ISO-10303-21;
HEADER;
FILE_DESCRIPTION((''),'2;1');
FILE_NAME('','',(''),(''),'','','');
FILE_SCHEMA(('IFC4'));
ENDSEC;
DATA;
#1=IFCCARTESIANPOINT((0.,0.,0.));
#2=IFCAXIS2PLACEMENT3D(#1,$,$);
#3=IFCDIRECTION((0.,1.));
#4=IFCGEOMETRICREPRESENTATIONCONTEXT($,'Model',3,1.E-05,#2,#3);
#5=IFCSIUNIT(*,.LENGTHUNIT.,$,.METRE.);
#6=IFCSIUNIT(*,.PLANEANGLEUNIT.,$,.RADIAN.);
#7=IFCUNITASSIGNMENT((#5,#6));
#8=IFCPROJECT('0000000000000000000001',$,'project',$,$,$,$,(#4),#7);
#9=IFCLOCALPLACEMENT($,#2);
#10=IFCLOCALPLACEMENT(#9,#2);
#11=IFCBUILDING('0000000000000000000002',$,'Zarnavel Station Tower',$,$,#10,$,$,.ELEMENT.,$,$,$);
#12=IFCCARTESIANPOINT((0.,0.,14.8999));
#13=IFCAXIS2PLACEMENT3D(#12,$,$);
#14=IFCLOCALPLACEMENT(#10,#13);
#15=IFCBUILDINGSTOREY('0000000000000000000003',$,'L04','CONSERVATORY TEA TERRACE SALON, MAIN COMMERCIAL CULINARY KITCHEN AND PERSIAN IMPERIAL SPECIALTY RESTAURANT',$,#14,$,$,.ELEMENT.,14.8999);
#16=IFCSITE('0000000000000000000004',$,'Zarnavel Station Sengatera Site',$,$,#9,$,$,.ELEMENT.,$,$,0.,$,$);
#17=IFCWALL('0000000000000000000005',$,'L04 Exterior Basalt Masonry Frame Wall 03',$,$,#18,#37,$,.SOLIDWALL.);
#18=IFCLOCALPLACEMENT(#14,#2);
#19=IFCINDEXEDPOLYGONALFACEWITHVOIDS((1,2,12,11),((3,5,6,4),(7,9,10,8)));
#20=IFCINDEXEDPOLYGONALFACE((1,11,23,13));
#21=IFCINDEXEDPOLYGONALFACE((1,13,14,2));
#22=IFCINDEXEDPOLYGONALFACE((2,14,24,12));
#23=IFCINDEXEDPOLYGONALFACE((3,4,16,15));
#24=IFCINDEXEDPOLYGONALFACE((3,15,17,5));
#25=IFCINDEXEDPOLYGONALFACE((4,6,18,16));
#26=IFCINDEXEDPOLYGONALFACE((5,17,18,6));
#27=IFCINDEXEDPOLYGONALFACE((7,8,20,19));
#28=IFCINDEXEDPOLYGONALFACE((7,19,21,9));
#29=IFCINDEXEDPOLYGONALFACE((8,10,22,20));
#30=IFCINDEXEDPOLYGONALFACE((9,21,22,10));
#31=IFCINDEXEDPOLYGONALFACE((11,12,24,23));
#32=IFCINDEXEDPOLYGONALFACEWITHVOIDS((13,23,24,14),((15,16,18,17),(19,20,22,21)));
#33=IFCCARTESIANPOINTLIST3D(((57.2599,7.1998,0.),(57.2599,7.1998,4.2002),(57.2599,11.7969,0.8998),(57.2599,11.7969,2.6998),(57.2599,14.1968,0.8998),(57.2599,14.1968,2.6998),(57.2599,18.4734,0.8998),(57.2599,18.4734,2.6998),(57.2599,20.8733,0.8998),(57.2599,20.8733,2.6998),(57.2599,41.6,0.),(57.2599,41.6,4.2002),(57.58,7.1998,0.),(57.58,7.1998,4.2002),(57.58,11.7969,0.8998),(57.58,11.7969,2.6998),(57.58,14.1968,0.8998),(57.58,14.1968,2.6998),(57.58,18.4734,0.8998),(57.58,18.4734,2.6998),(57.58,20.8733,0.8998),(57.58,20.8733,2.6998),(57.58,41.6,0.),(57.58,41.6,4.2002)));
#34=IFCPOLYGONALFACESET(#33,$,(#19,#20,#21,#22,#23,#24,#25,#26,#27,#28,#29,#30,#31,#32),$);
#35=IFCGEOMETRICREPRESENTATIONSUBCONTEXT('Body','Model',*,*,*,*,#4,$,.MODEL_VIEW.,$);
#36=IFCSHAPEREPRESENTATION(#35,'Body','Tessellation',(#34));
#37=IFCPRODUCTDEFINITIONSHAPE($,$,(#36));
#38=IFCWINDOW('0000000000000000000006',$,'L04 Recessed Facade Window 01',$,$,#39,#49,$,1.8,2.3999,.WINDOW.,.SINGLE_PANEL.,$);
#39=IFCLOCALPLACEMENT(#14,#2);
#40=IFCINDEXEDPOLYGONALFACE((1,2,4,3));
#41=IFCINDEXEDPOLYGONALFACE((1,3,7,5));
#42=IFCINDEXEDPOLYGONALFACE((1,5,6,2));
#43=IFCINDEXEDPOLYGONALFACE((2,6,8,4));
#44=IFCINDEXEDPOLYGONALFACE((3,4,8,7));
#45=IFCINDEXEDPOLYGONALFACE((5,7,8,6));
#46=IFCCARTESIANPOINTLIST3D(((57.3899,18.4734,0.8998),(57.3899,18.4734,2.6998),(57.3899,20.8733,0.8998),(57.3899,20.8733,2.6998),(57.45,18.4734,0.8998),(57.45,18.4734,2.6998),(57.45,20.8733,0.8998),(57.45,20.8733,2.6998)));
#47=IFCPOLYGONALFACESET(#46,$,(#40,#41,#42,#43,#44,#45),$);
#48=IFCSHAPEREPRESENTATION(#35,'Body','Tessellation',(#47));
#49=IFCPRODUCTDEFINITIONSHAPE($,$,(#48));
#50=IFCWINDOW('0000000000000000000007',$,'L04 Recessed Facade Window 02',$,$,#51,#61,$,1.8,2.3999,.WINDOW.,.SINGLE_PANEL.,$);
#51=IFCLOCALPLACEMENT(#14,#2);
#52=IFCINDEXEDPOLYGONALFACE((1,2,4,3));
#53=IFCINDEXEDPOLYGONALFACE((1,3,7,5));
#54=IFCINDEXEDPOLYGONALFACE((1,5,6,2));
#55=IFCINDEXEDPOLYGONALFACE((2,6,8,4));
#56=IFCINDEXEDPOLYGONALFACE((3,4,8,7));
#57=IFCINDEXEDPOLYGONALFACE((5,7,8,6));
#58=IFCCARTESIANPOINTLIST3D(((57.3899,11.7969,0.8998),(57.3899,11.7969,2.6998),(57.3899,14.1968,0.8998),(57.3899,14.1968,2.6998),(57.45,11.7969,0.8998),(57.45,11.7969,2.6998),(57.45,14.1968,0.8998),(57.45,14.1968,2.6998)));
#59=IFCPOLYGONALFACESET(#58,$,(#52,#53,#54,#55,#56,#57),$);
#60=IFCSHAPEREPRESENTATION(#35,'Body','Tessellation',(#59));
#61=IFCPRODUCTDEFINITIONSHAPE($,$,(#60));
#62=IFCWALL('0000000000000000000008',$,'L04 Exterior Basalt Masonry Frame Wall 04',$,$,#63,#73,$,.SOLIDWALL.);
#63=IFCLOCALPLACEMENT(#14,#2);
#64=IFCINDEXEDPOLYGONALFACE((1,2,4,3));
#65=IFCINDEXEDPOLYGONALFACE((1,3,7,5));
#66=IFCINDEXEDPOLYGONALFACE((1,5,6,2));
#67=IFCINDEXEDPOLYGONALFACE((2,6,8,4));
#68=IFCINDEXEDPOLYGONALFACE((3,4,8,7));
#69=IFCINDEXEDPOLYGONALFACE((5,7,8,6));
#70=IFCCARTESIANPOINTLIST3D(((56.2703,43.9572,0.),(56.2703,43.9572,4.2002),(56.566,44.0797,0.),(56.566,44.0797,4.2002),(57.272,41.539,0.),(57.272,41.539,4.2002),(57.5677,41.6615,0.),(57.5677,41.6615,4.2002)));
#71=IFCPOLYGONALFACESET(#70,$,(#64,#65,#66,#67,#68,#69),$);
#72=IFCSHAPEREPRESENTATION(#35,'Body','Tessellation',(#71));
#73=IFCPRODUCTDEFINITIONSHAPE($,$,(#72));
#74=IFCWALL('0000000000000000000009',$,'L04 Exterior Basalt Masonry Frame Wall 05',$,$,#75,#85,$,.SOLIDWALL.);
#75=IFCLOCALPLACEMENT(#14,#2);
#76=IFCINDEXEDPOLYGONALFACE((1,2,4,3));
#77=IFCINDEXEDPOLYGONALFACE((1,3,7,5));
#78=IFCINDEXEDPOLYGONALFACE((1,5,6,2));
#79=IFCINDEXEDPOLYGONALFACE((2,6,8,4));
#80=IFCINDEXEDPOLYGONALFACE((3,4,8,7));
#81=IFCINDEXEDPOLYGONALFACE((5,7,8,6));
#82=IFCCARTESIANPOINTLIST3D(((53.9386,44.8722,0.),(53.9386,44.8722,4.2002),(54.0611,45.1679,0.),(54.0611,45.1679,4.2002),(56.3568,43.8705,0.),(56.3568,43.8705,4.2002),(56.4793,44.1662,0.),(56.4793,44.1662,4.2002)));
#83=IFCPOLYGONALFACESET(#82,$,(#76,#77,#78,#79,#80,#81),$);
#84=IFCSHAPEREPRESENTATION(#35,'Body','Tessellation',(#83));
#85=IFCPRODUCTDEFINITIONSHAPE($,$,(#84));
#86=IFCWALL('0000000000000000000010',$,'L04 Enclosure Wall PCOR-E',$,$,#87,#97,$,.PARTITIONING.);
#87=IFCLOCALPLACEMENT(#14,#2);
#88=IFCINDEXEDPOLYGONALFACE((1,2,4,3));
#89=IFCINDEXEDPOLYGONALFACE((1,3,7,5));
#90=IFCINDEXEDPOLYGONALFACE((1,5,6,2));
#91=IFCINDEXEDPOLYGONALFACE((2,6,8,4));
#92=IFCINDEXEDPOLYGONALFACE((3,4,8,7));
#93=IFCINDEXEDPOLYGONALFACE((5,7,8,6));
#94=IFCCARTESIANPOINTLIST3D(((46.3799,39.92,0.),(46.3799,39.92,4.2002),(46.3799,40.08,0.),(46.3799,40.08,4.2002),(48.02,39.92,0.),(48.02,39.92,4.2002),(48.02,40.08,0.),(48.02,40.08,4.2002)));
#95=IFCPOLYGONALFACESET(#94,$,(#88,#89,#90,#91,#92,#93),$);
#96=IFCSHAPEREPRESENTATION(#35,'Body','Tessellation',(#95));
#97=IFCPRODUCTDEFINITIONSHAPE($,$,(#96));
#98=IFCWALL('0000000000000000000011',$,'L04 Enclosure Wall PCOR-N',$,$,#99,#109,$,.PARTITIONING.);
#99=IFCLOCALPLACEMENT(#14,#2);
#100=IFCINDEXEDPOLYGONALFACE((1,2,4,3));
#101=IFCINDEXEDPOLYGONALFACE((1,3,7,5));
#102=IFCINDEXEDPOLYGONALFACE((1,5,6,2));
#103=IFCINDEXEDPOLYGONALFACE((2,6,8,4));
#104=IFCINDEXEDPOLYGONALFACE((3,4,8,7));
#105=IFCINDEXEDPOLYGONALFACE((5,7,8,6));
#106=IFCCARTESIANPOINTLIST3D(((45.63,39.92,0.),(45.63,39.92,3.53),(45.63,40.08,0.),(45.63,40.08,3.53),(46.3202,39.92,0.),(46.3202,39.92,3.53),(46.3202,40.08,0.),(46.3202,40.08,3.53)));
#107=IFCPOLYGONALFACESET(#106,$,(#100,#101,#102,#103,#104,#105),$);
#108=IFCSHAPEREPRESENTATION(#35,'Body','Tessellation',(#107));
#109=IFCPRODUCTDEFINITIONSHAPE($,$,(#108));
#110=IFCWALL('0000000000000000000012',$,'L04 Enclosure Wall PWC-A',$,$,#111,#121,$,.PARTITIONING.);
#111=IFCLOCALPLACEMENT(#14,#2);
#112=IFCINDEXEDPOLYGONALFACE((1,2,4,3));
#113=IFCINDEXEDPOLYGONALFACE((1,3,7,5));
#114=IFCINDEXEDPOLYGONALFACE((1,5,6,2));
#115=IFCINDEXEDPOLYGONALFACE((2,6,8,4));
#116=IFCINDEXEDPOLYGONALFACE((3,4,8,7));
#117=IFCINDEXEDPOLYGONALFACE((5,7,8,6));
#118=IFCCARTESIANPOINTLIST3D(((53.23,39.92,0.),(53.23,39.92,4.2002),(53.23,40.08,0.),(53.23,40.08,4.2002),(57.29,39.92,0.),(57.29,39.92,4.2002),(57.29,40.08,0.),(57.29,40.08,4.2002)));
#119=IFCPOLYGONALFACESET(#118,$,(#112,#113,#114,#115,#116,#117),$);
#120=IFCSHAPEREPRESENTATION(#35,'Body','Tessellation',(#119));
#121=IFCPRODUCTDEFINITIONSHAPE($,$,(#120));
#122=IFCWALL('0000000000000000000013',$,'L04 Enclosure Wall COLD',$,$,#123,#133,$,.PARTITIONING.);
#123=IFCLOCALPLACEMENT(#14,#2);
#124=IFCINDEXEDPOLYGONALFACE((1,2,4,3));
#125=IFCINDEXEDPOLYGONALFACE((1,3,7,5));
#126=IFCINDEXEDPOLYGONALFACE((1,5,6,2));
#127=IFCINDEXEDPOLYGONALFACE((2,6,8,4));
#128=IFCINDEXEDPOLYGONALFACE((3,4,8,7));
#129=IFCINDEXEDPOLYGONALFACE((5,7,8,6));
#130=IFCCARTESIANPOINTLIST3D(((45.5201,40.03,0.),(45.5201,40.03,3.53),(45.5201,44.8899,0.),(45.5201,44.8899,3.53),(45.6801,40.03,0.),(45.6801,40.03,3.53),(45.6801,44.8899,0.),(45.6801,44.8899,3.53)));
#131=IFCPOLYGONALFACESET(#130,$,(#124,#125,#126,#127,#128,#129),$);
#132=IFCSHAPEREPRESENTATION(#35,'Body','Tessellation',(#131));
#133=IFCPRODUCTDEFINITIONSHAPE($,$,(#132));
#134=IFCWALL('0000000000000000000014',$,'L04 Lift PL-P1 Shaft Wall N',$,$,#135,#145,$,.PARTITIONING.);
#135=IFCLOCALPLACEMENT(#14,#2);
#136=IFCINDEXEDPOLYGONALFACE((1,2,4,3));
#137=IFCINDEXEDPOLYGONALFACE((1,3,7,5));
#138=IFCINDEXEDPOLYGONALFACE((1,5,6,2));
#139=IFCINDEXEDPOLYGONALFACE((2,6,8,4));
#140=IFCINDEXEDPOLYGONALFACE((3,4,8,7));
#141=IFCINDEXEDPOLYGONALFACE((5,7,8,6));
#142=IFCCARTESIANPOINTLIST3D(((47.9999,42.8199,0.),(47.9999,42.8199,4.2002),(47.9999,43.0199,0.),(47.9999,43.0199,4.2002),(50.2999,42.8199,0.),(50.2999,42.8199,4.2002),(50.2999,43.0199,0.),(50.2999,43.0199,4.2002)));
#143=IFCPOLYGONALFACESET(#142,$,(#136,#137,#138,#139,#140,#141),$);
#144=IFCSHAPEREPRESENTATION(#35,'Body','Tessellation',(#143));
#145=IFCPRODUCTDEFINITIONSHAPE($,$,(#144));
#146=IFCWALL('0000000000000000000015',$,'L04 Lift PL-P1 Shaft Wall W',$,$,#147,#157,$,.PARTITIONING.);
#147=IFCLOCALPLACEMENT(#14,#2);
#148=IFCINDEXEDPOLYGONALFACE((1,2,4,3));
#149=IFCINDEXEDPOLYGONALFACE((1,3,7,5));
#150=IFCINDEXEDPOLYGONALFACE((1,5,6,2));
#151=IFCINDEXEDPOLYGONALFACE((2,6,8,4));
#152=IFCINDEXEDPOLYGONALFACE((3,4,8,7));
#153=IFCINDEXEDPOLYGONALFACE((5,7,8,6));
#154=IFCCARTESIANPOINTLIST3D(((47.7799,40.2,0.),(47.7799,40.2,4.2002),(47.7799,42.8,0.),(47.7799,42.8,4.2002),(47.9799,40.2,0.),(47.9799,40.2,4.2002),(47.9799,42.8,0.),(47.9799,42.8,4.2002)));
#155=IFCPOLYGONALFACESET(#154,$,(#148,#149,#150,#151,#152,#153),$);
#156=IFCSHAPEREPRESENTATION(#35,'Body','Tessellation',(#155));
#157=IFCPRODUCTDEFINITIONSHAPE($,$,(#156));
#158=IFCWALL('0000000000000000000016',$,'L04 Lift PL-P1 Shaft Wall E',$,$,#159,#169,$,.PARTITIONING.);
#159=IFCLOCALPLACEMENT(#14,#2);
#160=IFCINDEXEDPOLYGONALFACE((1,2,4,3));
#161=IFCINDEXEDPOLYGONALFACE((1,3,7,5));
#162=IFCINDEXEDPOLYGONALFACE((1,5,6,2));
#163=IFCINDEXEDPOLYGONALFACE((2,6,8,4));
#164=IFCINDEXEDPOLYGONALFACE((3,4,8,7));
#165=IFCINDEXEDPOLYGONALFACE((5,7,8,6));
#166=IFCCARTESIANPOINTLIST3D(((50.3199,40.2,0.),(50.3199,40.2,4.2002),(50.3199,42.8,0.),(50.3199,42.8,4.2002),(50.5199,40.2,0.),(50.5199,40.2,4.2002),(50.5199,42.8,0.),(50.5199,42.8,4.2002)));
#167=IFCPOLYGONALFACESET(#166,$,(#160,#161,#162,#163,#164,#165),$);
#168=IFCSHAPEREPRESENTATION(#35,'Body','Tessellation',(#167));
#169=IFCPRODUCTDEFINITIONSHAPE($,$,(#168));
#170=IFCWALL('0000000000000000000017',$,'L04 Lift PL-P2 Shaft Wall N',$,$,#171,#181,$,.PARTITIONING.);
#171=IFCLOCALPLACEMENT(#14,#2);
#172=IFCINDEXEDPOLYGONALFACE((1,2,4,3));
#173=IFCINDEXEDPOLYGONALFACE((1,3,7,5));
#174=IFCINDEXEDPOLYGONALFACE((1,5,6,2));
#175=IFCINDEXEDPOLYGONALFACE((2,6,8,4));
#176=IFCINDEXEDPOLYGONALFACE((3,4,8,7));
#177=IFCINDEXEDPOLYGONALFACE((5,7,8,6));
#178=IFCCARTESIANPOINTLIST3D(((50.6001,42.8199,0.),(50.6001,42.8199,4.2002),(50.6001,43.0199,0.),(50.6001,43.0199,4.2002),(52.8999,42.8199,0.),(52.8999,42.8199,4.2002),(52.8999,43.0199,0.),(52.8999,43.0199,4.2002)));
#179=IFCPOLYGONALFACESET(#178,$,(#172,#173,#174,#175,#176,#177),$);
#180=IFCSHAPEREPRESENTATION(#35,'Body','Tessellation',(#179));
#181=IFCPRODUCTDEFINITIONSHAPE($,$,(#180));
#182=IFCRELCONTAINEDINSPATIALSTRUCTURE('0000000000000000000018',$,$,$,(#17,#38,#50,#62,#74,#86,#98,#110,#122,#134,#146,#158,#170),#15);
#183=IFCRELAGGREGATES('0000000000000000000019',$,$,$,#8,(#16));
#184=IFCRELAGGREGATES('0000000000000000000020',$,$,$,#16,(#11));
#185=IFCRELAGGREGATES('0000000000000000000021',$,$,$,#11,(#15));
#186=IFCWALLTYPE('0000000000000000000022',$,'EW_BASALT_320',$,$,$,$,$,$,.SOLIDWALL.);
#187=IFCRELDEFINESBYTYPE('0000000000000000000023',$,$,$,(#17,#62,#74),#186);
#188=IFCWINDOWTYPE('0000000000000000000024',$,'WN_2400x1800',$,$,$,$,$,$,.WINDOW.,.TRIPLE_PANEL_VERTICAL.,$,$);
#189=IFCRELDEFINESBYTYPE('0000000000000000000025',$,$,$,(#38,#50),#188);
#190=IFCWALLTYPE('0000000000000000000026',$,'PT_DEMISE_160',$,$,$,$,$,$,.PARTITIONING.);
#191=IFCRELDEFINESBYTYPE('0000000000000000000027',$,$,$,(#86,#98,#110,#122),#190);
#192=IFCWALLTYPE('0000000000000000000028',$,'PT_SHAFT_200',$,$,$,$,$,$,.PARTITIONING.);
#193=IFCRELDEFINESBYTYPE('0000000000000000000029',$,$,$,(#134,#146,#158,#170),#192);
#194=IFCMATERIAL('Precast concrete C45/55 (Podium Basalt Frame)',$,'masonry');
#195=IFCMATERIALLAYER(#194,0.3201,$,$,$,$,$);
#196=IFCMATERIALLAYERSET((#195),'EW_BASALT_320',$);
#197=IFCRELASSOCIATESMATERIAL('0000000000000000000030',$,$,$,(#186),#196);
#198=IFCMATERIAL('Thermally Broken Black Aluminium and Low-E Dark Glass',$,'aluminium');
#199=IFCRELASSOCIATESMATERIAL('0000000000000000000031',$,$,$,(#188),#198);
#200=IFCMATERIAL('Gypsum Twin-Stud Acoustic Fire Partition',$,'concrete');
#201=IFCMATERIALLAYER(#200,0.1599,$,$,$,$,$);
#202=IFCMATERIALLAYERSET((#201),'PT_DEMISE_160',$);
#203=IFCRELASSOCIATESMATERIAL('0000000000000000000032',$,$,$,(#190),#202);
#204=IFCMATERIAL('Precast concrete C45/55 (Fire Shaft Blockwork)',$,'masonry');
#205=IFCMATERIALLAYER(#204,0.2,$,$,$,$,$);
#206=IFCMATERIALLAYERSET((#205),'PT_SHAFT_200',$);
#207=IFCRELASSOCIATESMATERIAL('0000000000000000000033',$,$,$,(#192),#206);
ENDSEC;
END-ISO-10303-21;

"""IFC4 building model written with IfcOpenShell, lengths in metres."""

from ifc_helpers import new_model, si_unit, direction, frame, frame_2d, origin, place, context, subcontext, project, spatial, rectangle, extrude, material, layer, layer_set, type_object, element, fill, save


model = new_model("IFC4")

# Units and contexts
model_context = context("Model", 3, precision=1e-05, world=origin(), true_north=direction((0.0, 1.0)))
body_context = subcontext(model_context, "Body", "Model", "MODEL_VIEW")
ifc_project = project(units=[si_unit("LENGTHUNIT", "METRE"), si_unit("PLANEANGLEUNIT", "RADIAN")], contexts=[model_context])

# Site, building, storey
site_placement = place(None, origin())
site = spatial("IfcSite", under=ifc_project, at=site_placement, Name="Zarnavel Station Sengatera Site", CompositionType="ELEMENT", RefElevation=0.0)
building_placement = place(site_placement, origin())
building = spatial("IfcBuilding", under=site, at=building_placement, Name="Zarnavel Station Tower", CompositionType="ELEMENT")
storey_placement = place(building_placement, frame((0.0, 0.0, 14.8999)))
storey = spatial("IfcBuildingStorey", under=building, at=storey_placement, Name="L04", Description="CONSERVATORY TEA TERRACE SALON, MAIN COMMERCIAL CULINARY KITCHEN AND PERSIAN IMPERIAL SPECIALTY RESTAURANT", CompositionType="ELEMENT", Elevation=14.8999)

# Wall, openings, windows
ifc_material_1 = material(Name="Precast concrete C45/55 (Podium Basalt Frame)", Category="masonry")
ifc_layer_1 = layer(ifc_material_1, 0.3201)
ifc_layer_set_1 = layer_set([ifc_layer_1], Name="EW_BASALT_320")
wall_type_1 = type_object("IfcWallType", Name="EW_BASALT_320", PredefinedType="SOLIDWALL", material=ifc_layer_set_1)
wall_1_placement = place(storey_placement, frame((57.4199, 41.6001, 0.0), z_axis=(0.0, 0.0, 1.0), x_axis=(0.0, -1.0, 0.0)))
wall_1 = element("IfcWall", 1, at=wall_1_placement, inside=storey, type_object=wall_type_1, Name="L04 Exterior Basalt Masonry Frame Wall 03", PredefinedType="SOLIDWALL", context=body_context, shape_type="SweptSolid", body=[
    extrude(rectangle(XDim=34.4001, YDim=0.3201, at=frame_2d((17.2002, 0.0))), origin(), (0.0, 0.0, 1.0), 4.2002),
])
opening_1_placement = place(wall_1_placement, frame((20.7268, 0.0, 0.8999)))
opening_1 = element("IfcOpeningElement", 2, at=opening_1_placement, cuts=wall_1, PredefinedType="OPENING", context=body_context, shape_type="SweptSolid", body=[
    extrude(rectangle(XDim=2.3999, YDim=1.8, at=frame_2d((1.2, 0.8999))), frame((0.0, 0.1699, 0.0), z_axis=(0.0, -1.0, 0.0), x_axis=(1.0, 0.0, 0.0)), (0.0, 0.0, 1.0), 0.3401),
])
opening_2_placement = place(wall_1_placement, frame((27.4033, 0.0, 0.8999)))
opening_2 = element("IfcOpeningElement", 3, at=opening_2_placement, cuts=wall_1, PredefinedType="OPENING", context=body_context, shape_type="SweptSolid", body=[
    extrude(rectangle(XDim=2.3999, YDim=1.8, at=frame_2d((1.2, 0.8999))), frame((0.0, 0.1699, 0.0), z_axis=(0.0, -1.0, 0.0), x_axis=(1.0, 0.0, 0.0)), (0.0, 0.0, 1.0), 0.3401),
])
ifc_material_2 = material(Name="Thermally Broken Black Aluminium and Low-E Dark Glass", Category="aluminium")
window_type = type_object("IfcWindowType", Name="WN_2400x1800", PartitioningType="TRIPLE_PANEL_VERTICAL", PredefinedType="WINDOW", material=ifc_material_2)
window_1_placement = place(opening_1_placement, origin())
window_1 = element("IfcWindow", 4, at=window_1_placement, inside=storey, type_object=window_type, Name="L04 Recessed Facade Window 01", OverallHeight=1.8, OverallWidth=2.3999, PartitioningType="SINGLE_PANEL", PredefinedType="WINDOW", context=body_context, shape_type="SweptSolid", body=[
    extrude(rectangle(XDim=2.3999, YDim=1.8, at=frame_2d((1.2, 0.8999))), frame((0.0, 0.03, 0.0), z_axis=(0.0, -1.0, 0.0), x_axis=(1.0, 0.0, 0.0)), (0.0, 0.0, 1.0), 0.0601),
])
fill(opening_1, window_1)
window_2_placement = place(opening_2_placement, origin())
window_2 = element("IfcWindow", 5, at=window_2_placement, inside=storey, type_object=window_type, Name="L04 Recessed Facade Window 02", OverallHeight=1.8, OverallWidth=2.3999, PartitioningType="SINGLE_PANEL", PredefinedType="WINDOW", context=body_context, shape_type="SweptSolid", body=[
    extrude(rectangle(XDim=2.3999, YDim=1.8, at=frame_2d((1.2, 0.8999))), frame((0.0, 0.03, 0.0), z_axis=(0.0, -1.0, 0.0), x_axis=(1.0, 0.0, 0.0)), (0.0, 0.0, 1.0), 0.0601),
])
fill(opening_2, window_2)

# Walls
for number, where, z_axis, x_axis, name in (
    (6, (56.4182, 44.0183, 0.0), (0.0, 0.0, 1.0), (0.382701, -0.923872, 0.0), "L04 Exterior Basalt Masonry Frame Wall 04"),
    (7, (54.0, 45.02, 0.0), (0.0, 0.0, 1.0), (0.923872, -0.382701, 0.0), "L04 Exterior Basalt Masonry Frame Wall 05"),
):
    element("IfcWall", number, at=place(storey_placement, frame(where, z_axis=z_axis, x_axis=x_axis)), inside=storey, type_object=wall_type_1, Name=name, PredefinedType="SOLIDWALL", context=body_context, shape_type="SweptSolid", body=[
        extrude(rectangle(XDim=2.6174, YDim=0.3201, at=frame_2d((1.3086, 0.0))), origin(), (0.0, 0.0, 1.0), 4.2002),
    ])
ifc_material_3 = material(Name="Gypsum Twin-Stud Acoustic Fire Partition", Category="concrete")
ifc_layer_2 = layer(ifc_material_3, 0.1599)
ifc_layer_set_2 = layer_set([ifc_layer_2], Name="PT_DEMISE_160")
wall_type_2 = type_object("IfcWallType", Name="PT_DEMISE_160", PredefinedType="PARTITIONING", material=ifc_layer_set_2)
wall_2_placement = place(storey_placement, frame((46.3799, 40.0, 0.0), z_axis=(0.0, 0.0, 1.0), x_axis=(1.0, 0.0, 0.0)))
element("IfcWall", 8, at=wall_2_placement, inside=storey, type_object=wall_type_2, Name="L04 Enclosure Wall PCOR-E", PredefinedType="PARTITIONING", context=body_context, shape_type="SweptSolid", body=[
    extrude(rectangle(XDim=1.6401, YDim=0.1599, at=frame_2d((0.8201, 0.0))), origin(), (0.0, 0.0, 1.0), 4.2002),
])
wall_3_placement = place(storey_placement, frame((45.6299, 40.0, 0.0), z_axis=(0.0, 0.0, 1.0), x_axis=(1.0, 0.0, 0.0)))
element("IfcWall", 9, at=wall_3_placement, inside=storey, type_object=wall_type_2, Name="L04 Enclosure Wall PCOR-N", PredefinedType="PARTITIONING", context=body_context, shape_type="SweptSolid", body=[
    extrude(rectangle(XDim=0.6902, YDim=0.1599, at=frame_2d((0.3452, 0.0))), origin(), (0.0, 0.0, 1.0), 3.53),
])
wall_4_placement = place(storey_placement, frame((53.23, 40.0, 0.0), z_axis=(0.0, 0.0, 1.0), x_axis=(1.0, 0.0, 0.0)))
element("IfcWall", 10, at=wall_4_placement, inside=storey, type_object=wall_type_2, Name="L04 Enclosure Wall PWC-A", PredefinedType="PARTITIONING", context=body_context, shape_type="SweptSolid", body=[
    extrude(rectangle(XDim=4.0601, YDim=0.1599, at=frame_2d((2.03, 0.0))), origin(), (0.0, 0.0, 1.0), 4.2002),
])
wall_5_placement = place(storey_placement, frame((45.6001, 40.03, 0.0), z_axis=(0.0, 0.0, 1.0), x_axis=(0.0, 1.0, 0.0)))
element("IfcWall", 11, at=wall_5_placement, inside=storey, type_object=wall_type_2, Name="L04 Enclosure Wall COLD", PredefinedType="PARTITIONING", context=body_context, shape_type="SweptSolid", body=[
    extrude(rectangle(XDim=4.8599, YDim=0.1599, at=frame_2d((2.4299, 0.0))), origin(), (0.0, 0.0, 1.0), 3.53),
])

# Shared definitions
ifc_material_4 = material(Name="Precast concrete C45/55 (Fire Shaft Blockwork)", Category="masonry")
ifc_layer_3 = layer(ifc_material_4, 0.2)
ifc_layer_set_3 = layer_set([ifc_layer_3], Name="PT_SHAFT_200")
wall_type_3 = type_object("IfcWallType", Name="PT_SHAFT_200", PredefinedType="PARTITIONING", material=ifc_layer_set_3)

# Walls
wall_6_placement = place(storey_placement, frame((48.0, 42.9199, 0.0), z_axis=(0.0, 0.0, 1.0), x_axis=(1.0, 0.0, 0.0)))
element("IfcWall", 12, at=wall_6_placement, inside=storey, type_object=wall_type_3, Name="L04 Lift PL-P1 Shaft Wall N", PredefinedType="PARTITIONING", context=body_context, shape_type="SweptSolid", body=[
    extrude(rectangle(XDim=2.3, YDim=0.2, at=frame_2d((1.1499, 0.0))), origin(), (0.0, 0.0, 1.0), 4.2002),
])
for number, where, z_axis, x_axis, name in (
    (13, (47.8799, 40.2, 0.0), (0.0, 0.0, 1.0), (0.0, 1.0, 0.0), "L04 Lift PL-P1 Shaft Wall W"),
    (14, (50.4199, 40.2, 0.0), (0.0, 0.0, 1.0), (0.0, 1.0, 0.0), "L04 Lift PL-P1 Shaft Wall E"),
):
    element("IfcWall", number, at=place(storey_placement, frame(where, z_axis=z_axis, x_axis=x_axis)), inside=storey, type_object=wall_type_3, Name=name, PredefinedType="PARTITIONING", context=body_context, shape_type="SweptSolid", body=[
        extrude(rectangle(XDim=2.6001, YDim=0.2, at=frame_2d((1.3, 0.0))), origin(), (0.0, 0.0, 1.0), 4.2002),
    ])

# Wall
wall_7_placement = place(storey_placement, frame((50.6001, 42.9199, 0.0), z_axis=(0.0, 0.0, 1.0), x_axis=(1.0, 0.0, 0.0)))
element("IfcWall", 15, at=wall_7_placement, inside=storey, type_object=wall_type_3, Name="L04 Lift PL-P2 Shaft Wall N", PredefinedType="PARTITIONING", context=body_context, shape_type="SweptSolid", body=[
    extrude(rectangle(XDim=2.2998, YDim=0.2, at=frame_2d((1.1499, 0.0))), origin(), (0.0, 0.0, 1.0), 4.2002),
])

save(model, "model.ifc")
